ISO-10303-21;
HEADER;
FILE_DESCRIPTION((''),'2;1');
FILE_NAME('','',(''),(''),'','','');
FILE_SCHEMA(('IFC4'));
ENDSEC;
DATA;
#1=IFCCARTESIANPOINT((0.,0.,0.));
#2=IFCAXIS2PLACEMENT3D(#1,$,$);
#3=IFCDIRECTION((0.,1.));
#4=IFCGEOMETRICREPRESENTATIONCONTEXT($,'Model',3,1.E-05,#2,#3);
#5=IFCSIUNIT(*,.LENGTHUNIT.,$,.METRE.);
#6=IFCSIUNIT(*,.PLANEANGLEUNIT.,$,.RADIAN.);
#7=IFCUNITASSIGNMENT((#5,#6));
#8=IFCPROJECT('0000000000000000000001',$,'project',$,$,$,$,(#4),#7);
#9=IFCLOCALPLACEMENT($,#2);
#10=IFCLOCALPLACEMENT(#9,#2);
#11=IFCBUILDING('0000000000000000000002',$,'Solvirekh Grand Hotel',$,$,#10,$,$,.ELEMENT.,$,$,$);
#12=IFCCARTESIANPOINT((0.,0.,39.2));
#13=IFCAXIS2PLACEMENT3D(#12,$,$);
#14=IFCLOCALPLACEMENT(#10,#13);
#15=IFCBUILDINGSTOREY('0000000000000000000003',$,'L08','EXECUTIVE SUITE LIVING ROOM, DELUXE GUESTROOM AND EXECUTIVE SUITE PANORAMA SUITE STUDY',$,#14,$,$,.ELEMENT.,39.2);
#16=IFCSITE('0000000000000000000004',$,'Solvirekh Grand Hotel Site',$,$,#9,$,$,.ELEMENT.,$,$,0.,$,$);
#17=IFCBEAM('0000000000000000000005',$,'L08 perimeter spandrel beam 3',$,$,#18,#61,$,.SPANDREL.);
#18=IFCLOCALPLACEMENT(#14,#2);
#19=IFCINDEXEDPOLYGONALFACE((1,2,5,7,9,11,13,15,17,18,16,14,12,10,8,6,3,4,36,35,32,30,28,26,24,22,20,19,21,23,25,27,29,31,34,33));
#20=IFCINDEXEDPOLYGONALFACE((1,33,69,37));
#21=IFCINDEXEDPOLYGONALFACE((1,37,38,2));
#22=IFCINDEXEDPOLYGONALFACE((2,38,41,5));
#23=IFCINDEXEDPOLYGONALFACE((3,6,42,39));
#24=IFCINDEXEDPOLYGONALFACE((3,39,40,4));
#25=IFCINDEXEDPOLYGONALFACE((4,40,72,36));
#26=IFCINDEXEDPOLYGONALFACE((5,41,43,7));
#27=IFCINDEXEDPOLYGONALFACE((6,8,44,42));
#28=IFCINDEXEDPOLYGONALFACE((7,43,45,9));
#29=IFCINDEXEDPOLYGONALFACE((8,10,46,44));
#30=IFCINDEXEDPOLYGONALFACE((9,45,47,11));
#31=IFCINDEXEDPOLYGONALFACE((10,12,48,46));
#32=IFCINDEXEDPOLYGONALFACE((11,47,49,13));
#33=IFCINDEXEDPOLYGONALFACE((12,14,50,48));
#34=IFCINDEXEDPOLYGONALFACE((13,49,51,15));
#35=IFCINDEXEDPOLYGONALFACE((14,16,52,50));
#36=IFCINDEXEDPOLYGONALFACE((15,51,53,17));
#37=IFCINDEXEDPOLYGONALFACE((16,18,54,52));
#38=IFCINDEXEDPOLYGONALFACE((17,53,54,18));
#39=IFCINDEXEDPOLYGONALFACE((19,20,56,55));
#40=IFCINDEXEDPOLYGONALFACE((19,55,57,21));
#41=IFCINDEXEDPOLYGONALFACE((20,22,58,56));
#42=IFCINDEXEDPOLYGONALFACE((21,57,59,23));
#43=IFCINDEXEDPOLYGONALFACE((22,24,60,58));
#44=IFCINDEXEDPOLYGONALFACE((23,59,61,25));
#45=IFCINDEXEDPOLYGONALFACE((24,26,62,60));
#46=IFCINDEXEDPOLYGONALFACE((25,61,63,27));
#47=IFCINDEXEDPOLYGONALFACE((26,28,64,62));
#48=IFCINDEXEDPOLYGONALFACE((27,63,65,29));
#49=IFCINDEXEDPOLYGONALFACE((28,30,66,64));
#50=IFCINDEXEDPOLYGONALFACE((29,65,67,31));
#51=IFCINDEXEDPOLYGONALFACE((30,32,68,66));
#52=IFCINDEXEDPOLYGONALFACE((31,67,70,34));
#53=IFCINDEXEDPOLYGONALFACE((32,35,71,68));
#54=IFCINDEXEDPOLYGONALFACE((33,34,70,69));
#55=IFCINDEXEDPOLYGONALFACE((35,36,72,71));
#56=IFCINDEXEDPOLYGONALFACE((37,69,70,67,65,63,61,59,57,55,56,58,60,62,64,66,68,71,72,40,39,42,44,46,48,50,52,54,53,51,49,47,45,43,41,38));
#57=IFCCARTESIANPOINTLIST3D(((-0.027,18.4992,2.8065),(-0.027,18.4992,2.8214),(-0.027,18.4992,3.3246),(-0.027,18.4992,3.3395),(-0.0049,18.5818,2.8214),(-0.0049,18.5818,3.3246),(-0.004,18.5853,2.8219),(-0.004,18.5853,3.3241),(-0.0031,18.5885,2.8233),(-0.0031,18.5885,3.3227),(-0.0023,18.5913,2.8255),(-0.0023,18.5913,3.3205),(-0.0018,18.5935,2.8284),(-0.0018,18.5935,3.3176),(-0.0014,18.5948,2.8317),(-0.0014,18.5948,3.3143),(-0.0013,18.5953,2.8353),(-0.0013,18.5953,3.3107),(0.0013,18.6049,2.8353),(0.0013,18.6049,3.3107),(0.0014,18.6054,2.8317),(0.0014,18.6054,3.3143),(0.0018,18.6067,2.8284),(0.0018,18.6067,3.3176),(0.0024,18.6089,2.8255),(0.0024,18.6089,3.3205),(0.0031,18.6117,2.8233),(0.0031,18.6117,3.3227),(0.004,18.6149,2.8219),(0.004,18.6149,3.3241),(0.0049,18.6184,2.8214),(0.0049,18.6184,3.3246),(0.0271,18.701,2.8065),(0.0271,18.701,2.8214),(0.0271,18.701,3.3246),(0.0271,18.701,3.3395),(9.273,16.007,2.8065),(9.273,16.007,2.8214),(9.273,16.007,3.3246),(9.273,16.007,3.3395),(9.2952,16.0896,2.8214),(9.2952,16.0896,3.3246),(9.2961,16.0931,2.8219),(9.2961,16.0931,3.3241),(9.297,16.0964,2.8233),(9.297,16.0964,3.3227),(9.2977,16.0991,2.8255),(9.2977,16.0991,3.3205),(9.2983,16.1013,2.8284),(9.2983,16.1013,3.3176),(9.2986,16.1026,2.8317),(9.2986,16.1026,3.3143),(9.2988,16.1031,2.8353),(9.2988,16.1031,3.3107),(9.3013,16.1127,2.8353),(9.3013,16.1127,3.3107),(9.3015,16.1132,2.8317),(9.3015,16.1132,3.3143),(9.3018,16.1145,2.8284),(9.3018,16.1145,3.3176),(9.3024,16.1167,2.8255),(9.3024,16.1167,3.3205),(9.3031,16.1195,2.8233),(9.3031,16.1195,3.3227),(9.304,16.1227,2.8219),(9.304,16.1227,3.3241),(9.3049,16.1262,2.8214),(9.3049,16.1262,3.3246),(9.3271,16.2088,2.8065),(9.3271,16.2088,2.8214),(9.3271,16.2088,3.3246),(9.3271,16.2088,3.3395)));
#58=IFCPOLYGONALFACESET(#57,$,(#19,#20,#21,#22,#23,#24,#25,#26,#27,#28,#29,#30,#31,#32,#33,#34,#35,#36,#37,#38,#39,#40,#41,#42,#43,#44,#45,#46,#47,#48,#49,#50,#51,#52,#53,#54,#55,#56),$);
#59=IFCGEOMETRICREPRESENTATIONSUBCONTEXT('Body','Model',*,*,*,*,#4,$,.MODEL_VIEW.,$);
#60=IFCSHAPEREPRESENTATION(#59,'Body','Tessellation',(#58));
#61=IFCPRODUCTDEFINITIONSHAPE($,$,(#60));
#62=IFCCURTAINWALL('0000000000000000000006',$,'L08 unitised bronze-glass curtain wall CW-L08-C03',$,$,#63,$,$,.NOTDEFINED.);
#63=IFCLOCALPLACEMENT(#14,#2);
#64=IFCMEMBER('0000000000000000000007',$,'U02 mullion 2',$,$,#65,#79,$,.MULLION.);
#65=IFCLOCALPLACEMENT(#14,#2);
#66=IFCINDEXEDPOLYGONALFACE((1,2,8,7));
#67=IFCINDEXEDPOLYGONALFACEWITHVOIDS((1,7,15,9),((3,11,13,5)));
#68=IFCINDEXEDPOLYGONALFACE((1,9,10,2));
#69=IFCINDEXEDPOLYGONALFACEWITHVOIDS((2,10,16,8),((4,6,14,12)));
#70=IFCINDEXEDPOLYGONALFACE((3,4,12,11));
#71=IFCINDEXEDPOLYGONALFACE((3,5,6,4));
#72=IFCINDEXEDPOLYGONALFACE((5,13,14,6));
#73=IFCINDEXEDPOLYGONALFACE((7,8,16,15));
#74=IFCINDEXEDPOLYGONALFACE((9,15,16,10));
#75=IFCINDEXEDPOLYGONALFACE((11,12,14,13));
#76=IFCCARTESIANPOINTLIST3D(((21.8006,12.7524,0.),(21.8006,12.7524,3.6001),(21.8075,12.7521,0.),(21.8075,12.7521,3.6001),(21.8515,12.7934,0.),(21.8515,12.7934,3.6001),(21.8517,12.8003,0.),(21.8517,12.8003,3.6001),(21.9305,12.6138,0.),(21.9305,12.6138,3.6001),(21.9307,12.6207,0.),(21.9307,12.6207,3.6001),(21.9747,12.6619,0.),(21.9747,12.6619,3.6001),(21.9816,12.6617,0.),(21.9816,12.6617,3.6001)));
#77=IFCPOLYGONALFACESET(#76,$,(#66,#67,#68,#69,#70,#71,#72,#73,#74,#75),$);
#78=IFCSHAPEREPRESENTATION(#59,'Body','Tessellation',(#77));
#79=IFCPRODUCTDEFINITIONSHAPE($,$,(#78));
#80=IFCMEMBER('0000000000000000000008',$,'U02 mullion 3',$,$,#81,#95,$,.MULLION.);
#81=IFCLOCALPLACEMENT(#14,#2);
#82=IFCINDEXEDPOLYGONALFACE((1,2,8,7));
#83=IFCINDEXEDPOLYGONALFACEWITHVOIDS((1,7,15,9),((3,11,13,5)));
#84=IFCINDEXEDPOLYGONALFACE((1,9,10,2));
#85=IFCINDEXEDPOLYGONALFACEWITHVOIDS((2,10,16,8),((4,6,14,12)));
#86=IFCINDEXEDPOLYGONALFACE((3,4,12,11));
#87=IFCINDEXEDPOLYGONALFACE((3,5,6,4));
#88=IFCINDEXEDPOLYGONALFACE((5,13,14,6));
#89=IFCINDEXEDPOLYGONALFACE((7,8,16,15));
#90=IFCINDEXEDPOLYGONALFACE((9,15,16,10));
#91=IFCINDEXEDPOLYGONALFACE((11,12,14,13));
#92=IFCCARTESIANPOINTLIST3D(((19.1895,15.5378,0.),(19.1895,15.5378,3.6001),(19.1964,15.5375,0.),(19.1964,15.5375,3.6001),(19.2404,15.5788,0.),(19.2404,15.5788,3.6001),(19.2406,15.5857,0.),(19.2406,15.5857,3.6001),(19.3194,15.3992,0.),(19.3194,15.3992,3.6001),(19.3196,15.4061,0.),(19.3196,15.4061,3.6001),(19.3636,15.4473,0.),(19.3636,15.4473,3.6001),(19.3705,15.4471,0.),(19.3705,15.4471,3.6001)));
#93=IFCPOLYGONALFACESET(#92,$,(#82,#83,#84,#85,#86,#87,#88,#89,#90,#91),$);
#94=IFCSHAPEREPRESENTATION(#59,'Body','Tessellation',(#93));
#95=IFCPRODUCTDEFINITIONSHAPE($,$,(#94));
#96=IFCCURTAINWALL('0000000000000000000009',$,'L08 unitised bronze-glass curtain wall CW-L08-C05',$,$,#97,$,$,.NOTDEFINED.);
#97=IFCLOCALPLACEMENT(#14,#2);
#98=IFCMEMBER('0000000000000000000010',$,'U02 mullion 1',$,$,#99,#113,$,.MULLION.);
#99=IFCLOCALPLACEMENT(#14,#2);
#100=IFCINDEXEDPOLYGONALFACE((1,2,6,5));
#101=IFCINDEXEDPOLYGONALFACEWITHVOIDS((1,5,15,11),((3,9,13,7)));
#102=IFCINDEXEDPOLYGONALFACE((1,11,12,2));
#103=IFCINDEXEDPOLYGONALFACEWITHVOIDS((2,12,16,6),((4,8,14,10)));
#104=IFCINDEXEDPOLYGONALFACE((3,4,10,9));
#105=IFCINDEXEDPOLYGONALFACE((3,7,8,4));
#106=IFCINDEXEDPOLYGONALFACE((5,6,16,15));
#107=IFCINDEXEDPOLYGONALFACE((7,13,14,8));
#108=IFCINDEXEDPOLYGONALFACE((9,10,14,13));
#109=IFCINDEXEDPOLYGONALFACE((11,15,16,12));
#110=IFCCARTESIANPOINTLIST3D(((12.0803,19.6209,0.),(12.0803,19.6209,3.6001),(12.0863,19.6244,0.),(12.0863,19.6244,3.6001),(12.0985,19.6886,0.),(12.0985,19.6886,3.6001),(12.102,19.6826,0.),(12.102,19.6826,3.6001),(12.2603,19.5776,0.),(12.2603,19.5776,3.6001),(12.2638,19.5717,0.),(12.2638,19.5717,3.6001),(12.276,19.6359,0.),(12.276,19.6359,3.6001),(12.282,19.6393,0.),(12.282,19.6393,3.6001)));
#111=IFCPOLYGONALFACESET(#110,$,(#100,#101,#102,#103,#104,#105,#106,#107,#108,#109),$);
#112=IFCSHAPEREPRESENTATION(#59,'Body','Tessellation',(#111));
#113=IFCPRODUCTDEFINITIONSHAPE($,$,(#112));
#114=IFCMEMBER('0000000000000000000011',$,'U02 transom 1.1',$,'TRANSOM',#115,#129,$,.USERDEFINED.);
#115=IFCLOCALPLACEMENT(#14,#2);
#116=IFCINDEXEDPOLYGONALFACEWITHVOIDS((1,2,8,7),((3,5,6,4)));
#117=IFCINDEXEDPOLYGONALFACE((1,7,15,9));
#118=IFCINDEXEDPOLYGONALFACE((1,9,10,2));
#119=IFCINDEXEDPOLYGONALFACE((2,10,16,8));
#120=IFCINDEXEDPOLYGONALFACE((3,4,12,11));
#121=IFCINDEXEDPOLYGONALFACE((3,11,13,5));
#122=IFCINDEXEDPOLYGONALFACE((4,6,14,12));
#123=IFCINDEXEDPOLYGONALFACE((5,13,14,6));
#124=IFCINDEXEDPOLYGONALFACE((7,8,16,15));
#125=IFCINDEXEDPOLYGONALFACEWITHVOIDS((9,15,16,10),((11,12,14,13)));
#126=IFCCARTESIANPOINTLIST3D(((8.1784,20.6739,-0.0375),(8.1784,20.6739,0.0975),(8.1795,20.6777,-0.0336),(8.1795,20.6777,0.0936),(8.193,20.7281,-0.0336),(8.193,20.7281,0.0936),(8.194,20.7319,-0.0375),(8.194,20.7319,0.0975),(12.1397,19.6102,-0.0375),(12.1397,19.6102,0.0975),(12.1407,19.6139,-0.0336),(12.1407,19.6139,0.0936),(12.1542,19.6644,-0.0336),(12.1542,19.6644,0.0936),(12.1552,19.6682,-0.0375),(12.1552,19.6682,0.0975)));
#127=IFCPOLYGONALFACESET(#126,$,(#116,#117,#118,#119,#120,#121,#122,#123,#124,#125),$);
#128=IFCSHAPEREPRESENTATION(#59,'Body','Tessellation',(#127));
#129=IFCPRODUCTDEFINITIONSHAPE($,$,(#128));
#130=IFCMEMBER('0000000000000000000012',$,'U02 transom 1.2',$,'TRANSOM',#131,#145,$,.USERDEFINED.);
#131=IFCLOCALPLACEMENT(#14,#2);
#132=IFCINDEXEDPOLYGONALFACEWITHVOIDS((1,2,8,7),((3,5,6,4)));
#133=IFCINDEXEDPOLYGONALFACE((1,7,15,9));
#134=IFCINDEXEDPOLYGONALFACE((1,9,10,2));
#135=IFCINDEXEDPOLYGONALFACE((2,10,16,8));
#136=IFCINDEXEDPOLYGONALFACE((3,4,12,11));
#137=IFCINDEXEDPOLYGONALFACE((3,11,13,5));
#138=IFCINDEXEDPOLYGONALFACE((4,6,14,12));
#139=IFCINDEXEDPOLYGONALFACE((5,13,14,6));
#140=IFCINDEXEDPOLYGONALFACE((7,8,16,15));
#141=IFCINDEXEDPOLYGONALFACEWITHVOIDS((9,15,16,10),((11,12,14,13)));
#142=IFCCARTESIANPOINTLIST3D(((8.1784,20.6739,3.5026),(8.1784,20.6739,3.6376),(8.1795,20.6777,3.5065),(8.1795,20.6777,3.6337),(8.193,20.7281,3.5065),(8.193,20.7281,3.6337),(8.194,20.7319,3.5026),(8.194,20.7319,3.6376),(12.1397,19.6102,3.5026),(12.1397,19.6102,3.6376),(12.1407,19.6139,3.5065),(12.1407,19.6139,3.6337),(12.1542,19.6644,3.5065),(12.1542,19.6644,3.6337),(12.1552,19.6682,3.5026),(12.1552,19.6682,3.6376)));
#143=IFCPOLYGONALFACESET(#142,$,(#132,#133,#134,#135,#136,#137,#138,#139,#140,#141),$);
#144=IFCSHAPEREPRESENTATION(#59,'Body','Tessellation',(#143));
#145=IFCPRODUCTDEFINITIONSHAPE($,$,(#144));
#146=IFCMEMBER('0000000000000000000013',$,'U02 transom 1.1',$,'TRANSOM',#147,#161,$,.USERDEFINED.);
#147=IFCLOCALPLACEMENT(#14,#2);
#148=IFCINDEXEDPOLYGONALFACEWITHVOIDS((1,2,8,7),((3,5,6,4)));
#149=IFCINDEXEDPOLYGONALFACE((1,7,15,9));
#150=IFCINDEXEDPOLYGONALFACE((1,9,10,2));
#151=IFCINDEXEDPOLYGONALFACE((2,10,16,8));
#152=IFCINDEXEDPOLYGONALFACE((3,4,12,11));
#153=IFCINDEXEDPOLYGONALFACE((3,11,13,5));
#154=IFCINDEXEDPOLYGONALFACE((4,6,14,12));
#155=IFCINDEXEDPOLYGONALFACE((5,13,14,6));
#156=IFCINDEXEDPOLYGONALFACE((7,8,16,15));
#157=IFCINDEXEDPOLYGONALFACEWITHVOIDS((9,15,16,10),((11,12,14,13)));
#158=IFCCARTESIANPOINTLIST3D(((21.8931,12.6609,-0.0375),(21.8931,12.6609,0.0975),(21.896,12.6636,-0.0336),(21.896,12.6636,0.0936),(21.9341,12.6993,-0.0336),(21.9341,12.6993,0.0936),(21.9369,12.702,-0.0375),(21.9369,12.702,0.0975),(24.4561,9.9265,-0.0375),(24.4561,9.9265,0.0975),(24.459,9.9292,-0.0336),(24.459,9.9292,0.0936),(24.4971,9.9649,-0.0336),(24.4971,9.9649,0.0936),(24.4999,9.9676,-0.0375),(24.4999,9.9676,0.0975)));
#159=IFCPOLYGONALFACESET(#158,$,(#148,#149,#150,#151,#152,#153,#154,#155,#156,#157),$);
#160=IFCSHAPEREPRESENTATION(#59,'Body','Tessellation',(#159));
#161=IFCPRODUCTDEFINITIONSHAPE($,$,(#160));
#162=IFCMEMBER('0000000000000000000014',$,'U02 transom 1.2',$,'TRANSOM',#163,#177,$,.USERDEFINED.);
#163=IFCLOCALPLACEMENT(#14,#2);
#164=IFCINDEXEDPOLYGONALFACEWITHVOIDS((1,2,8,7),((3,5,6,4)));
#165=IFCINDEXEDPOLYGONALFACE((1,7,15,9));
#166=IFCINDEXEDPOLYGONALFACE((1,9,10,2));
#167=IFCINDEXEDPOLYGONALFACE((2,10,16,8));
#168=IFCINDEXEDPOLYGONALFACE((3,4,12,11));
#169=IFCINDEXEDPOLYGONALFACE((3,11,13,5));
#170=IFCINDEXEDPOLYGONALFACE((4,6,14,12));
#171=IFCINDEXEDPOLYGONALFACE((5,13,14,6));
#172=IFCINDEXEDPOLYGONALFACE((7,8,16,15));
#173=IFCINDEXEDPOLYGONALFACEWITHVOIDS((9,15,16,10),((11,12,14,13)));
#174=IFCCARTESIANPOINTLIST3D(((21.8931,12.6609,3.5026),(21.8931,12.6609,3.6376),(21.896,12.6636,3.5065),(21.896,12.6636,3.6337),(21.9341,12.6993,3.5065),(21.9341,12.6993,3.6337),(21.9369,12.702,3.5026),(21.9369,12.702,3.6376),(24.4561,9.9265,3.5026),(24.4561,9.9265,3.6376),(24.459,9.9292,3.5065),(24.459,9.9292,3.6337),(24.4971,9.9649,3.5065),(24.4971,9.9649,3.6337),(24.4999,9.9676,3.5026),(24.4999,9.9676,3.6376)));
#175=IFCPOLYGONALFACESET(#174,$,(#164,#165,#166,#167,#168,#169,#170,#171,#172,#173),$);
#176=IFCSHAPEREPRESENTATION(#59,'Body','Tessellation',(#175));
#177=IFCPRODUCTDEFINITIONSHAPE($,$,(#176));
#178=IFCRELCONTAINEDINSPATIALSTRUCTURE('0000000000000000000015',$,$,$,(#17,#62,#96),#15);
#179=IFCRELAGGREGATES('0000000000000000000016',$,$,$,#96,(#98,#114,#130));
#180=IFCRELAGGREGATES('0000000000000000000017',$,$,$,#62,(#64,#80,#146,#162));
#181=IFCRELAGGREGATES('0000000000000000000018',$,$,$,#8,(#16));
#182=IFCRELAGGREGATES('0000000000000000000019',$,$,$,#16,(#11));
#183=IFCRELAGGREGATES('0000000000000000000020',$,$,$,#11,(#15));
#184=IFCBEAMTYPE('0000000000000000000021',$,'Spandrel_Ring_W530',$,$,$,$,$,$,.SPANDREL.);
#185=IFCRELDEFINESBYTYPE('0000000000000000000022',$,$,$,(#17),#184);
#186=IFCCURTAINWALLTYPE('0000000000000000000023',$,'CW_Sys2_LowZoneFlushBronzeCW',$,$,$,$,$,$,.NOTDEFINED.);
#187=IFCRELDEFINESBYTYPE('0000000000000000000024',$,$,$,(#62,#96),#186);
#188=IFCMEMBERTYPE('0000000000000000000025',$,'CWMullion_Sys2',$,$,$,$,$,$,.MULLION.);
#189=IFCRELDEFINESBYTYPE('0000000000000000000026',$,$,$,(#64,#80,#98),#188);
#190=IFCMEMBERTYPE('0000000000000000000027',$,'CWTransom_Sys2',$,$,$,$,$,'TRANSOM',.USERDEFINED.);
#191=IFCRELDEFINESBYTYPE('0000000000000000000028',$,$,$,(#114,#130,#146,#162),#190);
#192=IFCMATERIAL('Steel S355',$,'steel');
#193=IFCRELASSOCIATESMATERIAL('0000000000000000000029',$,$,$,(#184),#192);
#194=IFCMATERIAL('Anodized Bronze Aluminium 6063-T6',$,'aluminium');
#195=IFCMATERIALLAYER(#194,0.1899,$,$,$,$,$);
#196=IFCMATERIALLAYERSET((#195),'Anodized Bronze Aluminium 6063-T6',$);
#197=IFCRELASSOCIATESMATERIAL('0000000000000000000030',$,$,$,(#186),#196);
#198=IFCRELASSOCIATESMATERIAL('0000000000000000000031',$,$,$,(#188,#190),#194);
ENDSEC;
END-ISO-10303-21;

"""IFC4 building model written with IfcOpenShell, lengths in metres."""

from ifc_helpers import new_model, si_unit, direction, frame, origin, origin_2d, place, context, subcontext, project, spatial, hollow_rectangle, i_section, extrude, source, transform, mapped, material, layer, layer_set, material_profile, profile_set, type_object, element, aggregate, save


model = new_model("IFC4")

# Units and contexts
model_context = context("Model", 3, precision=1e-05, world=origin(), true_north=direction((0.0, 1.0)))
body_context = subcontext(model_context, "Body", "Model", "MODEL_VIEW")
ifc_project = project(units=[si_unit("LENGTHUNIT", "METRE"), si_unit("PLANEANGLEUNIT", "RADIAN")], contexts=[model_context])

# Site, building, storey
site_placement = place(None, origin())
site = spatial("IfcSite", under=ifc_project, at=site_placement, Name="Solvirekh Grand Hotel Site", CompositionType="ELEMENT", RefElevation=0.0)
building_placement = place(site_placement, origin())
building = spatial("IfcBuilding", under=site, at=building_placement, Name="Solvirekh Grand Hotel", CompositionType="ELEMENT")
storey_placement = place(building_placement, frame((0.0, 0.0, 39.2)))
storey = spatial("IfcBuildingStorey", under=building, at=storey_placement, Name="L08", Description="EXECUTIVE SUITE LIVING ROOM, DELUXE GUESTROOM AND EXECUTIVE SUITE PANORAMA SUITE STUDY", CompositionType="ELEMENT", Elevation=39.2)

# Beam
ifc_material_1 = material(Name="Steel S355", Category="steel")
ifc_material_profile_1 = material_profile(ifc_material_1, i_section(OverallWidth=0.209, OverallDepth=0.533, WebThickness=0.01, FlangeThickness=0.0149, FilletRadius=0.0139, at=origin_2d()), Name="W530X92")
ifc_profile_set_1 = profile_set([ifc_material_profile_1], Name="Steel S355")
beam_type = type_object("IfcBeamType", Name="Spandrel_Ring_W530", PredefinedType="SPANDREL", material=ifc_profile_set_1)
beam_placement = place(storey_placement, frame((9.3, 16.1079, 3.073), z_axis=(-0.965919, 0.258843, 0.0), x_axis=(-0.258843, -0.965919, 0.0)))
element("IfcBeam", 1, at=beam_placement, inside=storey, type_object=beam_type, Name="L08 perimeter spandrel beam 3", PredefinedType="SPANDREL", context=body_context, shape_type="SweptSolid", body=[
    extrude(i_section(OverallWidth=0.209, OverallDepth=0.533, WebThickness=0.01, FlangeThickness=0.0149, FilletRadius=0.0139, at=origin_2d()), origin(), (0.0, 0.0, 1.0), 9.6282),
])

# Curtain walls, members
ifc_material_2 = material(Name="Anodized Bronze Aluminium 6063-T6", Category="aluminium")
ifc_layer_1 = layer(ifc_material_2, 0.1899)
ifc_layer_set_1 = layer_set([ifc_layer_1], Name="Anodized Bronze Aluminium 6063-T6")
curtain_wall_type = type_object("IfcCurtainWallType", Name="CW_Sys2_LowZoneFlushBronzeCW", PredefinedType="NOTDEFINED", material=ifc_layer_set_1)
curtain_wall_1_placement = place(storey_placement, origin())
curtain_wall_1 = element("IfcCurtainWall", 2, at=curtain_wall_1_placement, inside=storey, type_object=curtain_wall_type, Name="L08 unitised bronze-glass curtain wall CW-L08-C03", PredefinedType="NOTDEFINED")
ifc_material_profile_2 = material_profile(ifc_material_2, hollow_rectangle(XDim=0.0701, YDim=0.1899, WallThickness=0.0049, at=origin_2d()), Name="ALU RHS 190X70X5")
ifc_profile_set_2 = profile_set([ifc_material_profile_2], Name="Anodized Bronze Aluminium 6063-T6")
member_type_1 = type_object("IfcMemberType", Name="CWMullion_Sys2", PredefinedType="MULLION", material=ifc_profile_set_2)
shared_shape_1 = source(origin(), body_context, "Body", "SweptSolid", [
    extrude(hollow_rectangle(XDim=0.0701, YDim=0.1899, WallThickness=0.0049, at=origin_2d()), origin(), (0.0, 0.0, 1.0), 3.6001),
])
member_1_placement = place(storey_placement, frame((21.8911, 12.707, 0.0), z_axis=(0.0, 0.0, 1.0), x_axis=(-0.729578, -0.683898, 0.0)))
member_1 = element("IfcMember", 3, at=member_1_placement, type_object=member_type_1, Name="U02 mullion 2", PredefinedType="MULLION", context=body_context, shape_type="MappedRepresentation", body=[
    mapped(shared_shape_1, transform((0.0, 0.0, 0.0), x_axis=(1.0, 0.0, 0.0), y_axis=(0.0, 1.0, 0.0), z_axis=(0.0, 0.0, 1.0), scale=1.0)),
])
member_2_placement = place(storey_placement, frame((19.28, 15.4924, 0.0), z_axis=(0.0, 0.0, 1.0), x_axis=(-0.729578, -0.683898, 0.0)))
member_2 = element("IfcMember", 4, at=member_2_placement, type_object=member_type_1, Name="U02 mullion 3", PredefinedType="MULLION", context=body_context, shape_type="MappedRepresentation", body=[
    mapped(shared_shape_1, transform((0.0, 0.0, 0.0), x_axis=(1.0, 0.0, 0.0), y_axis=(0.0, 1.0, 0.0), z_axis=(0.0, 0.0, 1.0), scale=1.0)),
])
curtain_wall_2_placement = place(storey_placement, origin())
curtain_wall_2 = element("IfcCurtainWall", 5, at=curtain_wall_2_placement, inside=storey, type_object=curtain_wall_type, Name="L08 unitised bronze-glass curtain wall CW-L08-C05", PredefinedType="NOTDEFINED")
member_3_placement = place(storey_placement, frame((12.1812, 19.6301, 0.0), z_axis=(0.0, 0.0, 1.0), x_axis=(-0.259364, -0.96578, 0.0)))
member_3 = element("IfcMember", 6, at=member_3_placement, type_object=member_type_1, Name="U02 mullion 1", PredefinedType="MULLION", context=body_context, shape_type="MappedRepresentation", body=[
    mapped(shared_shape_1, transform((0.0, 0.0, 0.0), x_axis=(1.0, 0.0, 0.0), y_axis=(0.0, 1.0, 0.0), z_axis=(0.0, 0.0, 1.0), scale=1.0)),
])
ifc_material_profile_3 = material_profile(ifc_material_2, hollow_rectangle(XDim=0.0601, YDim=0.135, WallThickness=0.0039, at=origin_2d()), Name="ALU RHS 135X60X4")
ifc_profile_set_3 = profile_set([ifc_material_profile_3], Name="Anodized Bronze Aluminium 6063-T6")
member_type_2 = type_object("IfcMemberType", Name="CWTransom_Sys2", ElementType="TRANSOM", PredefinedType="USERDEFINED", material=ifc_profile_set_3)
shared_shape_2 = source(origin(), body_context, "Body", "SweptSolid", [
    extrude(hollow_rectangle(XDim=0.0601, YDim=0.135, WallThickness=0.0039, at=origin_2d()), origin(), (0.0, 0.0, 1.0), 4.1016),
])
member_4_placement = place(storey_placement, frame((12.1475, 19.6392, 0.03), z_axis=(-0.965784, 0.259348, 0.0), x_axis=(-0.259348, -0.965784, 0.0)))
member_4 = element("IfcMember", 7, at=member_4_placement, type_object=member_type_2, Name="U02 transom 1.1", ObjectType="TRANSOM", PredefinedType="USERDEFINED", context=body_context, shape_type="MappedRepresentation", body=[
    mapped(shared_shape_2, transform((0.0, 0.0, 0.0), x_axis=(1.0, 0.0, 0.0), y_axis=(0.0, 1.0, 0.0), z_axis=(0.0, 0.0, 1.0), scale=1.0)),
])
member_5_placement = place(storey_placement, frame((12.1475, 19.6392, 3.5701), z_axis=(-0.965784, 0.259348, 0.0), x_axis=(-0.259348, -0.965784, 0.0)))
member_5 = element("IfcMember", 8, at=member_5_placement, type_object=member_type_2, Name="U02 transom 1.2", ObjectType="TRANSOM", PredefinedType="USERDEFINED", context=body_context, shape_type="MappedRepresentation", body=[
    mapped(shared_shape_2, transform((0.0, 0.0, 0.0), x_axis=(1.0, 0.0, 0.0), y_axis=(0.0, 1.0, 0.0), z_axis=(0.0, 0.0, 1.0), scale=1.0)),
])

# Members
shared_shape_3 = source(origin(), body_context, "Body", "SweptSolid", [
    extrude(hollow_rectangle(XDim=0.0601, YDim=0.135, WallThickness=0.0039, at=origin_2d()), origin(), (0.0, 0.0, 1.0), 3.7478),
])
member_6_placement = place(storey_placement, frame((24.478, 9.947, 0.03), z_axis=(-0.683872, 0.729602, 0.0), x_axis=(-0.729602, -0.683872, 0.0)))
member_6 = element("IfcMember", 9, at=member_6_placement, type_object=member_type_2, Name="U02 transom 1.1", ObjectType="TRANSOM", PredefinedType="USERDEFINED", context=body_context, shape_type="MappedRepresentation", body=[
    mapped(shared_shape_3, transform((0.0, 0.0, 0.0), x_axis=(1.0, 0.0, 0.0), y_axis=(0.0, 1.0, 0.0), z_axis=(0.0, 0.0, 1.0), scale=1.0)),
])
member_7_placement = place(storey_placement, frame((24.478, 9.947, 3.5701), z_axis=(-0.683872, 0.729602, 0.0), x_axis=(-0.729602, -0.683872, 0.0)))
member_7 = element("IfcMember", 10, at=member_7_placement, type_object=member_type_2, Name="U02 transom 1.2", ObjectType="TRANSOM", PredefinedType="USERDEFINED", context=body_context, shape_type="MappedRepresentation", body=[
    mapped(shared_shape_3, transform((0.0, 0.0, 0.0), x_axis=(1.0, 0.0, 0.0), y_axis=(0.0, 1.0, 0.0), z_axis=(0.0, 0.0, 1.0), scale=1.0)),
])

aggregate(curtain_wall_2, [member_3, member_4, member_5])
aggregate(curtain_wall_1, [member_1, member_2, member_6, member_7])

save(model, "model.ifc")
